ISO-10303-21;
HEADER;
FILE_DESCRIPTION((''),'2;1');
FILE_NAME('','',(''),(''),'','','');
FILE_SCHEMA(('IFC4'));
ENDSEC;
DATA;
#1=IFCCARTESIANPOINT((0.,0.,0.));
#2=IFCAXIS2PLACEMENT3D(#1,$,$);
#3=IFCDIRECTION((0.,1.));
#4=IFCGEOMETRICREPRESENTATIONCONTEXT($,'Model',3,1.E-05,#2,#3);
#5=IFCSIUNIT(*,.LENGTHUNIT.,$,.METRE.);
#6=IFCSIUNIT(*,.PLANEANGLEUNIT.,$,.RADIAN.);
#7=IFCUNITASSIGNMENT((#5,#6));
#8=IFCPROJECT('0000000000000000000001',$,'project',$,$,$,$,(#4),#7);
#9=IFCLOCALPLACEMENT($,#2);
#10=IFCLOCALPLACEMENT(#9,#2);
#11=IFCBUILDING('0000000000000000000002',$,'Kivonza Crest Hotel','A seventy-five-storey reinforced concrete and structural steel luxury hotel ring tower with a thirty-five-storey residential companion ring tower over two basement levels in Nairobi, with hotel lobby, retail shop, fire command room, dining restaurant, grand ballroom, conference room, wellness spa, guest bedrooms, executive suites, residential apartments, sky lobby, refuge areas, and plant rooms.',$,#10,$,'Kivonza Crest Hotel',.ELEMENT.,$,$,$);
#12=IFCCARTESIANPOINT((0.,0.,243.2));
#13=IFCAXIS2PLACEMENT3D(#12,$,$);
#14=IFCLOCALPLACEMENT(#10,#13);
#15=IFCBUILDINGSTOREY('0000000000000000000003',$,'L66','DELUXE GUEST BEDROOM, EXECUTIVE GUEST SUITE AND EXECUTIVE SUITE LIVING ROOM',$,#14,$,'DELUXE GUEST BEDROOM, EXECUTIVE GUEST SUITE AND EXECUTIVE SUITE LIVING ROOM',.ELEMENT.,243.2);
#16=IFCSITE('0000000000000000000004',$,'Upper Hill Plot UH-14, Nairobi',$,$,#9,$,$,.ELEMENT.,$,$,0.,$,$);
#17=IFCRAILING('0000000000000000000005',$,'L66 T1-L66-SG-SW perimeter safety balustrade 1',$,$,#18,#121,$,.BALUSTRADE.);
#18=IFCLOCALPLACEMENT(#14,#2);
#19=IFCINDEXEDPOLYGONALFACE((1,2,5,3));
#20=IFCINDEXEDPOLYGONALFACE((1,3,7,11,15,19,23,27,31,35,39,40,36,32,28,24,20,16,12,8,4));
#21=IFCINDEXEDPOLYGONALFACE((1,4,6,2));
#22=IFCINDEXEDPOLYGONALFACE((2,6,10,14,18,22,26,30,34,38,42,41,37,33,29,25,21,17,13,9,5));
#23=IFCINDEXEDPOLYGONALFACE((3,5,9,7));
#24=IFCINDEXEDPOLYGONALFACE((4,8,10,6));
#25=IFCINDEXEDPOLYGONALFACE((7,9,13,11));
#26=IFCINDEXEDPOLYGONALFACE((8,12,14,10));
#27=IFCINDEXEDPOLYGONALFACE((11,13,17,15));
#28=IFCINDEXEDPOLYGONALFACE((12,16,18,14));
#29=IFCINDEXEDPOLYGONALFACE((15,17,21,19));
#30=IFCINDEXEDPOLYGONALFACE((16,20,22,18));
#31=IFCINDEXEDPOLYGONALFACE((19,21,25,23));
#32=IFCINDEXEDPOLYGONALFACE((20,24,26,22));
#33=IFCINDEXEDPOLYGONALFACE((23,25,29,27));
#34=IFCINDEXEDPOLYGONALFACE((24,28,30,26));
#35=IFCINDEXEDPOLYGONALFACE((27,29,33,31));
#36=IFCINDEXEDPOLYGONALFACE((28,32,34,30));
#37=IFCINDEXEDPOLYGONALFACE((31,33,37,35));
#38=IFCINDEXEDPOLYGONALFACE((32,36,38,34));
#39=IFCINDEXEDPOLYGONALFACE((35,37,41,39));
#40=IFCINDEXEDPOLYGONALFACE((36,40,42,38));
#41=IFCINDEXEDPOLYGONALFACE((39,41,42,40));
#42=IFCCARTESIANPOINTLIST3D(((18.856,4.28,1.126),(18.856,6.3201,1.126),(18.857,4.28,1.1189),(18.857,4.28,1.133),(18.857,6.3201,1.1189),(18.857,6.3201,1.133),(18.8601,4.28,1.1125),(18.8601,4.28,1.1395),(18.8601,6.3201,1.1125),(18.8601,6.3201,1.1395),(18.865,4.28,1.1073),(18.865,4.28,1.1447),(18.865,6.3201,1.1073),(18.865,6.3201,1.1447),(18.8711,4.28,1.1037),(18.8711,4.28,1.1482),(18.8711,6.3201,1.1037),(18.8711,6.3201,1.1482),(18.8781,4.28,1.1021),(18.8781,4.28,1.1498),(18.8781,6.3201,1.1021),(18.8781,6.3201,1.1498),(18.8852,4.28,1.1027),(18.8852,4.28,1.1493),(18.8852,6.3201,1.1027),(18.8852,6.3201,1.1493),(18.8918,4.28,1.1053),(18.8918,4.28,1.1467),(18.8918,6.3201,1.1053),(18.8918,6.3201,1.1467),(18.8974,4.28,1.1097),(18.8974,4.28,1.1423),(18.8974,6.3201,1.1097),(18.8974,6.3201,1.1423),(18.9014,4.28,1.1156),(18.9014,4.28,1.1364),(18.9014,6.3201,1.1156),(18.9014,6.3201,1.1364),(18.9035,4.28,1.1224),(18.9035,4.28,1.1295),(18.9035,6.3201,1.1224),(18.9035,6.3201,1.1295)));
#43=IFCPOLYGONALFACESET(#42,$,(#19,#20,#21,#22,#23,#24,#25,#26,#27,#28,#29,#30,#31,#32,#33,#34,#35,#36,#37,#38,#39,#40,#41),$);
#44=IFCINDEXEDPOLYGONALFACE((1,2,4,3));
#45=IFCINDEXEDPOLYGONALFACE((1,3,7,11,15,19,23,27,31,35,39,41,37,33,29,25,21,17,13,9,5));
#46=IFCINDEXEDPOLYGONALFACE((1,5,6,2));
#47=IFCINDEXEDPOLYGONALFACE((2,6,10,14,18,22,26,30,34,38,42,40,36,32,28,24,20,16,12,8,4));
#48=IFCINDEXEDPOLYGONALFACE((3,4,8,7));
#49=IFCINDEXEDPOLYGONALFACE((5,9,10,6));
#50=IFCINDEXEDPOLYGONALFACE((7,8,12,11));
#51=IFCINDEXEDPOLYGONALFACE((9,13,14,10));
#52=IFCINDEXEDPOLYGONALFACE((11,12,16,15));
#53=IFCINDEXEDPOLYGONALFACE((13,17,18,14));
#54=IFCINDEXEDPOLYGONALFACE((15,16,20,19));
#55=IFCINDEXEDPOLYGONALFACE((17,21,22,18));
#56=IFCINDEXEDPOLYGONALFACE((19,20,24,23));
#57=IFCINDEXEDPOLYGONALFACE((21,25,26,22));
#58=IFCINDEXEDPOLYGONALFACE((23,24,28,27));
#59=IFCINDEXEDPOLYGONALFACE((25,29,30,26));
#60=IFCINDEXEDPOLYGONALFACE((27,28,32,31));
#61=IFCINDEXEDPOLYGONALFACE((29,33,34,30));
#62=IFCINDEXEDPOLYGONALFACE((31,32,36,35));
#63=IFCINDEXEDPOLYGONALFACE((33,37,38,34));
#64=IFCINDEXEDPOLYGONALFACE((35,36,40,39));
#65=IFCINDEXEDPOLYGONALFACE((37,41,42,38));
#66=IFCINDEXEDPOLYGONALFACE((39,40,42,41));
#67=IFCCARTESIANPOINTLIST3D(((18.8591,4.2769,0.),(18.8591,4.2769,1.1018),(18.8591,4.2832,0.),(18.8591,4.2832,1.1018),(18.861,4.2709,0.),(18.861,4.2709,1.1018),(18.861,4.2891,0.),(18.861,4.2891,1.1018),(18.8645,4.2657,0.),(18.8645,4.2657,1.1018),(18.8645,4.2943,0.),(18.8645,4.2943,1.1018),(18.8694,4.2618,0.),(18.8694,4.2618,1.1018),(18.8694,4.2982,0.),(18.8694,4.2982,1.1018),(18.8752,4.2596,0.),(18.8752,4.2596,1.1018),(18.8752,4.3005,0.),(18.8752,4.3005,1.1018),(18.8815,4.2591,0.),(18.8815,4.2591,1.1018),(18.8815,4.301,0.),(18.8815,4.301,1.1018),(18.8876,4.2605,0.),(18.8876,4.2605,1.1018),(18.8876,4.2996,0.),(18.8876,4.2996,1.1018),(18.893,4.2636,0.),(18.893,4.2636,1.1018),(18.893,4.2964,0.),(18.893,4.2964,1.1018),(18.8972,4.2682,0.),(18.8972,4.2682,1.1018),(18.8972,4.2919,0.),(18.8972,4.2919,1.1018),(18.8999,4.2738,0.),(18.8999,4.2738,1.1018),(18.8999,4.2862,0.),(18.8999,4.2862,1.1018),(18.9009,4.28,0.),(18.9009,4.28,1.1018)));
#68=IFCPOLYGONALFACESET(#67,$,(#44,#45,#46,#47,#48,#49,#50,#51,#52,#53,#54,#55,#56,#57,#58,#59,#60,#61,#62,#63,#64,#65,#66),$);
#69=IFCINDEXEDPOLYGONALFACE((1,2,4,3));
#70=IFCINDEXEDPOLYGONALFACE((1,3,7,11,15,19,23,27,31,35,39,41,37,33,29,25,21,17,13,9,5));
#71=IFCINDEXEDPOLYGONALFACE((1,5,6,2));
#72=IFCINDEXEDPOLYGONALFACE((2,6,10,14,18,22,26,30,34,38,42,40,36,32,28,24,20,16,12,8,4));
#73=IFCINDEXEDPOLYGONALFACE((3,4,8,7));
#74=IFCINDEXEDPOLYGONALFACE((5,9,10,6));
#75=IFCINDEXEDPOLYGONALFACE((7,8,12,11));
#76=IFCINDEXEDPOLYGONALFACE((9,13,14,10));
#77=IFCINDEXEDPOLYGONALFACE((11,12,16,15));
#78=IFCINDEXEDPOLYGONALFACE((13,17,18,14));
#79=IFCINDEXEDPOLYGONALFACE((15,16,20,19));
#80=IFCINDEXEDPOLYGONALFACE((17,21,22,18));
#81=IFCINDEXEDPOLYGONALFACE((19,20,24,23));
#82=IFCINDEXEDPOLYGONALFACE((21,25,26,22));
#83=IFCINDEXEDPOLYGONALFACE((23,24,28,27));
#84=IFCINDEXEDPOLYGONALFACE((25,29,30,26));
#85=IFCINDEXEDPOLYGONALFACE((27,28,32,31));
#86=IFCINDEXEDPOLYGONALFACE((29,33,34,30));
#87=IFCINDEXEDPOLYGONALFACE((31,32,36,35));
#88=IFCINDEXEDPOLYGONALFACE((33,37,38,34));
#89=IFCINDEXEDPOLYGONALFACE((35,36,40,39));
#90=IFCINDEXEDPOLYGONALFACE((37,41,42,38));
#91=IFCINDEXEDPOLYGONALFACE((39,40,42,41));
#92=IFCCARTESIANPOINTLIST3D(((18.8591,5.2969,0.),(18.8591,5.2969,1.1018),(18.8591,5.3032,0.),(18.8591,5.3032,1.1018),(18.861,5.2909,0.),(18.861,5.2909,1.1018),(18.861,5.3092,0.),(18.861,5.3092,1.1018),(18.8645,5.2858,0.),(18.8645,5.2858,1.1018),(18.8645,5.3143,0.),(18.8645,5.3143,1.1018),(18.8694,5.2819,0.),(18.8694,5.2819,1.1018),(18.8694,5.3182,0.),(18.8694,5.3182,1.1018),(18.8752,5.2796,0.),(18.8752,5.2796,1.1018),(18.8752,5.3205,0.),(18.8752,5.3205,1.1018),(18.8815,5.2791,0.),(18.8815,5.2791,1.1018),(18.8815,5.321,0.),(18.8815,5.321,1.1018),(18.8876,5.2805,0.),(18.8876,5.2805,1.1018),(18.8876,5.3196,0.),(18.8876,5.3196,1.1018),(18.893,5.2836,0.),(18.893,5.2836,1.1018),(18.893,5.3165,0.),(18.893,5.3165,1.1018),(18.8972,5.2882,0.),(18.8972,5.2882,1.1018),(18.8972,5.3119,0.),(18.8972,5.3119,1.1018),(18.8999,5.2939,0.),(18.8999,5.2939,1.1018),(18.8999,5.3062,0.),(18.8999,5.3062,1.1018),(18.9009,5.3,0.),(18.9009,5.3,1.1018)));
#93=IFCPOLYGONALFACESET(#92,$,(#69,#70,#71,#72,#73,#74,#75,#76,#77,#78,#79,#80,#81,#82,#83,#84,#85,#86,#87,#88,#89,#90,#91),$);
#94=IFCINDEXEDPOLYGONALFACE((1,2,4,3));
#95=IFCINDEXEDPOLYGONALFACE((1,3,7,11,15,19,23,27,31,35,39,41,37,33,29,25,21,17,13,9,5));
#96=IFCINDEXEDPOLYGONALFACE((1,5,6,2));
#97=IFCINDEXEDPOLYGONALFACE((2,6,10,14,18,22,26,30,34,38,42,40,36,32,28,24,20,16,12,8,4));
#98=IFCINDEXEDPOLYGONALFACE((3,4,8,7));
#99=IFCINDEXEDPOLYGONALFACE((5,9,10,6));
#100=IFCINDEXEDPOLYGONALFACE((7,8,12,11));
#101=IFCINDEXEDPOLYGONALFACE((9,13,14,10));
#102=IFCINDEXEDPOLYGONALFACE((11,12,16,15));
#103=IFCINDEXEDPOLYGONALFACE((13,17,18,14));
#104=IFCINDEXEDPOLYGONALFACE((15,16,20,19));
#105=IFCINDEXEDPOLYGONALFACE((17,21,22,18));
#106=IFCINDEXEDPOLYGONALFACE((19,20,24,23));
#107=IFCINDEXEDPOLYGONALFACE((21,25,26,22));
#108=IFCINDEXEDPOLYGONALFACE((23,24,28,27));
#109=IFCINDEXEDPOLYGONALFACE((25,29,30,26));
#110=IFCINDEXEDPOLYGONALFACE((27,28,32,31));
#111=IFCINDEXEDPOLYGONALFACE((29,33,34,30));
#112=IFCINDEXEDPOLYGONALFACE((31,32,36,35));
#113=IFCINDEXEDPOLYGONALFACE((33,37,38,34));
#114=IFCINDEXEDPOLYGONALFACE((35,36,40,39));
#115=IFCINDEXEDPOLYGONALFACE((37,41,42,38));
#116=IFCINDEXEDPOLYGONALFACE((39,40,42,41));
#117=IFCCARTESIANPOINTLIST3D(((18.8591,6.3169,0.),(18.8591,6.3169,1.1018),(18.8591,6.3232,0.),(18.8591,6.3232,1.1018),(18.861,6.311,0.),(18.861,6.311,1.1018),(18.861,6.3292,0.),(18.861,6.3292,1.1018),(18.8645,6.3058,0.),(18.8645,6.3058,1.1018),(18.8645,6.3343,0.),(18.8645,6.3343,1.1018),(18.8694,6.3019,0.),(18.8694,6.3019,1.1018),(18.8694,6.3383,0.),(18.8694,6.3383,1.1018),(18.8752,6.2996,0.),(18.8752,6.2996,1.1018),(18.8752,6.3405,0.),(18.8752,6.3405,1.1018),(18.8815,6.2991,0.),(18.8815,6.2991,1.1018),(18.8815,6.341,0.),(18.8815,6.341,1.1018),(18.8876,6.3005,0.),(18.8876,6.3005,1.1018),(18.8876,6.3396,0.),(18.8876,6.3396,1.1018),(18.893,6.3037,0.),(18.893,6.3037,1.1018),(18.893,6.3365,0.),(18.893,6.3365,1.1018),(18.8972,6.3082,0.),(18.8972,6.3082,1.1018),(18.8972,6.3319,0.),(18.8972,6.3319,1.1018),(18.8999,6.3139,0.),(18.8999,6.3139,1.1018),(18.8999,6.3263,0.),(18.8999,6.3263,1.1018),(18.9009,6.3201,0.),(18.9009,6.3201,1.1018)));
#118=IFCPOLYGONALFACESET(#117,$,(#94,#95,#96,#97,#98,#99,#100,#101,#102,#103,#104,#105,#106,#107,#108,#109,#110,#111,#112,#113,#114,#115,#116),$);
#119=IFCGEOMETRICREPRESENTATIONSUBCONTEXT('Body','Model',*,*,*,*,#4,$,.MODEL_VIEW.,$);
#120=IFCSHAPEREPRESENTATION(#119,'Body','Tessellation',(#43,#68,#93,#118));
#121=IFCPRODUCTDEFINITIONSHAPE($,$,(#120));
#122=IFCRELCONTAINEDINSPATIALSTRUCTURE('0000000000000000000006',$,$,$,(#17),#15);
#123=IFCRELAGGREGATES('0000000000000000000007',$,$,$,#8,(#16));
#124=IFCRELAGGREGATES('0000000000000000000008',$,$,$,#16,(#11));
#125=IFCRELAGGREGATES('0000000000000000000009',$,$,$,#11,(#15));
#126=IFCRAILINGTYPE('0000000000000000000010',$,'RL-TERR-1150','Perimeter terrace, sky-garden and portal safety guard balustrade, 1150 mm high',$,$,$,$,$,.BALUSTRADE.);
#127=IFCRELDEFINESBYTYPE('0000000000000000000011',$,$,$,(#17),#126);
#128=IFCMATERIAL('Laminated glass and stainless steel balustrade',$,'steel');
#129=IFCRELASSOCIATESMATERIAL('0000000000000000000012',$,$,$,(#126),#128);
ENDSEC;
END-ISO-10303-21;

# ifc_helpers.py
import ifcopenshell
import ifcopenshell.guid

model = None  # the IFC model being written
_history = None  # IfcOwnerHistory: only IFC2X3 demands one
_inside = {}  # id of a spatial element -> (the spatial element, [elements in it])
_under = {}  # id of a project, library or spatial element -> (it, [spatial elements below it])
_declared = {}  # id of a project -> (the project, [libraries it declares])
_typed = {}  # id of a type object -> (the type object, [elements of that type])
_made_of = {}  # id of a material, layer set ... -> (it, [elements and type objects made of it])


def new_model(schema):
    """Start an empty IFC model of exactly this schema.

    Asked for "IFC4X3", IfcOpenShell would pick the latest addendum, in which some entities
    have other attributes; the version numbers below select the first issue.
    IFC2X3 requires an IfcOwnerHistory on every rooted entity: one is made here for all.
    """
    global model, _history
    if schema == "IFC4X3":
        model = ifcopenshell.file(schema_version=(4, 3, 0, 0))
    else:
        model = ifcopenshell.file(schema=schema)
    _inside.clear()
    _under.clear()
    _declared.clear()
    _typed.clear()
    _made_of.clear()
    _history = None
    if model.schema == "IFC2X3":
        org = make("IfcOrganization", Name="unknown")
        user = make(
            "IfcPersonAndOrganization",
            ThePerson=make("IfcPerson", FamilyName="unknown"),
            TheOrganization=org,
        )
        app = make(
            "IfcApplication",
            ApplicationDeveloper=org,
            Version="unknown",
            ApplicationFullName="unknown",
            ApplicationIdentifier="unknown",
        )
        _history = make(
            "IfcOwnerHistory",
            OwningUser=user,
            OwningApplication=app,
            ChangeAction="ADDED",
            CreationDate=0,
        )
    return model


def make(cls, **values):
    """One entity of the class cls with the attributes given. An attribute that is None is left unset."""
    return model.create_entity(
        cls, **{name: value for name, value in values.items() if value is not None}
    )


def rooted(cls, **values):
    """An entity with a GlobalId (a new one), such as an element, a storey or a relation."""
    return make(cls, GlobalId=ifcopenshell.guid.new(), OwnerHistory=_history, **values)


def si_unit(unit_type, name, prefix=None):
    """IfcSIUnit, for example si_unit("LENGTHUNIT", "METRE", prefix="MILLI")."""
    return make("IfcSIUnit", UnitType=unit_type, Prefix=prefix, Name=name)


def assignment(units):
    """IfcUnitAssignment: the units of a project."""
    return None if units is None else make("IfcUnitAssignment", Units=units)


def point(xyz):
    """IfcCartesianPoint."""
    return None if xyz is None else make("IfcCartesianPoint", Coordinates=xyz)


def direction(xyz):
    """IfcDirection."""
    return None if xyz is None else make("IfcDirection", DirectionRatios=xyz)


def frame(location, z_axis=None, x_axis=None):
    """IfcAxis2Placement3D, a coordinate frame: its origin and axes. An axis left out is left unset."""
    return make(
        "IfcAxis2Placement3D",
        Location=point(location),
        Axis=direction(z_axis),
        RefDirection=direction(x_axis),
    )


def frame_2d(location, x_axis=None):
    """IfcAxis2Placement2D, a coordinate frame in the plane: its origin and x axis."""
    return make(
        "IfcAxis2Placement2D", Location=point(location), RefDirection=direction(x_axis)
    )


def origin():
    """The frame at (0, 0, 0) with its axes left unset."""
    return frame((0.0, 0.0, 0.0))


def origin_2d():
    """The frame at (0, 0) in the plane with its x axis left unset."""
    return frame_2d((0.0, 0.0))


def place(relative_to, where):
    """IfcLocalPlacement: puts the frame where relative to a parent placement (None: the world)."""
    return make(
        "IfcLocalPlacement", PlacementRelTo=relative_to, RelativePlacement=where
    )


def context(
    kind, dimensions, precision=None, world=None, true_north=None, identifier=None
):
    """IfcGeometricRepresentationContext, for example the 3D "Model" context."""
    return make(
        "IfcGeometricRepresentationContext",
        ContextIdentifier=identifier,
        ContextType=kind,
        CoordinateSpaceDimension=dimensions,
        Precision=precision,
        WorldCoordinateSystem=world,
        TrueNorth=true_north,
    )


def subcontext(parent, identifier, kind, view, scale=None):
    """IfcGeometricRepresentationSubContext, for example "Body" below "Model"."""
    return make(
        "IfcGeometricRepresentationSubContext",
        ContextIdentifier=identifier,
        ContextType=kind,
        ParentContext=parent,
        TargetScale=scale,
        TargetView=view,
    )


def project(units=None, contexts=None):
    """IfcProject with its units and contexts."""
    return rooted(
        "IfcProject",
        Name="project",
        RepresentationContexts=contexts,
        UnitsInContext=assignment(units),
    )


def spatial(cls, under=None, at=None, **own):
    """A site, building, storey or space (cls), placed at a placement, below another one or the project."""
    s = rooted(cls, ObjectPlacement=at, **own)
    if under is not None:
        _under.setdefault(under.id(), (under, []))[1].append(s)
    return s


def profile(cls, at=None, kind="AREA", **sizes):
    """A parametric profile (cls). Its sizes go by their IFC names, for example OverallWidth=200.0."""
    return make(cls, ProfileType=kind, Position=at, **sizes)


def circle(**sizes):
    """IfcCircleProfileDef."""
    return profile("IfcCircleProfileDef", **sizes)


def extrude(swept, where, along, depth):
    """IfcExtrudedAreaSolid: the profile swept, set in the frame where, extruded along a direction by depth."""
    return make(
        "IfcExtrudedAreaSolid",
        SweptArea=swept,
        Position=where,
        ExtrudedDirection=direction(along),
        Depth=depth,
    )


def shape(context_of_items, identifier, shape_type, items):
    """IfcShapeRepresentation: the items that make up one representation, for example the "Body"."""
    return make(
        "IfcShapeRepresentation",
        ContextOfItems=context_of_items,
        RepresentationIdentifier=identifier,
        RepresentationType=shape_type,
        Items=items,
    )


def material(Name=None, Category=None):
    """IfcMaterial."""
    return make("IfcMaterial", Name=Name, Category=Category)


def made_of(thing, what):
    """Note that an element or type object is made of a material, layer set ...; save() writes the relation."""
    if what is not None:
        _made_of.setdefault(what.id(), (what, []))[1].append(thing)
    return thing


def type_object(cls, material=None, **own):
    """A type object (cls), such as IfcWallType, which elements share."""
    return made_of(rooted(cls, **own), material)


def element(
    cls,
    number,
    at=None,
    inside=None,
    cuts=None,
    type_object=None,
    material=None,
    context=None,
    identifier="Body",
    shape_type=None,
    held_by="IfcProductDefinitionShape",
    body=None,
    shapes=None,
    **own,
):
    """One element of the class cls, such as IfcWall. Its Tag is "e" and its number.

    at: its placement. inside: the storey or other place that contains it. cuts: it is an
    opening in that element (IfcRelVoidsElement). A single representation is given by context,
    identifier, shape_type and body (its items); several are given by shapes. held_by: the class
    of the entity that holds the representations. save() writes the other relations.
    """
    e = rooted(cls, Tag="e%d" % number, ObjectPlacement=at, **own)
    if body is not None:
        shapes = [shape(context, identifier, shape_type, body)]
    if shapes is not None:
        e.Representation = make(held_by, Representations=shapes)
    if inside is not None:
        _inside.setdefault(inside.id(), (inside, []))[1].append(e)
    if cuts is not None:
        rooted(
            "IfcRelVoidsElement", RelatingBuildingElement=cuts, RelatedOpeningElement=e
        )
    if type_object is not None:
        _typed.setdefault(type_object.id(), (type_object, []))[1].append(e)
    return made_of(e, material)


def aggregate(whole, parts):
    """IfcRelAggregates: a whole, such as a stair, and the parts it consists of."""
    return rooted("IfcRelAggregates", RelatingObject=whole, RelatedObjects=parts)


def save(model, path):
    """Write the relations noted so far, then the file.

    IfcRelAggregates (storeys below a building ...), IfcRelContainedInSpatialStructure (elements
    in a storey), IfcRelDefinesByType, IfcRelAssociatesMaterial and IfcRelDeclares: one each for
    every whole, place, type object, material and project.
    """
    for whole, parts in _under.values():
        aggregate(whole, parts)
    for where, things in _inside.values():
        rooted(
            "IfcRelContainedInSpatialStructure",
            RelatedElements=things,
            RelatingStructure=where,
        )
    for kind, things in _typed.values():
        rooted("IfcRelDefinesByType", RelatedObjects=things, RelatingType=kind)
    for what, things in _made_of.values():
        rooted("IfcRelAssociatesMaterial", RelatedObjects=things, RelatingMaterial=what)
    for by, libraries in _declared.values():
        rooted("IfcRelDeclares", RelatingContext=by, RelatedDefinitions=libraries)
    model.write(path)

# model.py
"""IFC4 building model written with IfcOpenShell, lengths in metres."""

from ifc_helpers import new_model, si_unit, direction, frame, origin, origin_2d, place, context, subcontext, project, spatial, circle, extrude, material, type_object, element, save


model = new_model("IFC4")

# Units and contexts
model_context = context("Model", 3, precision=1e-05, world=origin(), true_north=direction((0.0, 1.0)))
body_context = subcontext(model_context, "Body", "Model", "MODEL_VIEW")
ifc_project = project(units=[si_unit("LENGTHUNIT", "METRE"), si_unit("PLANEANGLEUNIT", "RADIAN")], contexts=[model_context])

# Site, building, storey
site_placement = place(None, origin())
site = spatial("IfcSite", under=ifc_project, at=site_placement, Name="Upper Hill Plot UH-14, Nairobi", CompositionType="ELEMENT", RefElevation=0.0)
building_placement = place(site_placement, origin())
building = spatial("IfcBuilding", under=site, at=building_placement, Name="Kivonza Crest Hotel", Description="A seventy-five-storey reinforced concrete and structural steel luxury hotel ring tower with a thirty-five-storey residential companion ring tower over two basement levels in Nairobi, with hotel lobby, retail shop, fire command room, dining restaurant, grand ballroom, conference room, wellness spa, guest bedrooms, executive suites, residential apartments, sky lobby, refuge areas, and plant rooms.", LongName="Kivonza Crest Hotel", CompositionType="ELEMENT")
storey_placement = place(building_placement, frame((0.0, 0.0, 243.2)))
storey = spatial("IfcBuildingStorey", under=building, at=storey_placement, Name="L66", Description="DELUXE GUEST BEDROOM, EXECUTIVE GUEST SUITE AND EXECUTIVE SUITE LIVING ROOM", LongName="DELUXE GUEST BEDROOM, EXECUTIVE GUEST SUITE AND EXECUTIVE SUITE LIVING ROOM", CompositionType="ELEMENT", Elevation=243.2)

# Railing
ifc_material_1 = material(Name="Laminated glass and stainless steel balustrade", Category="steel")
railing_type = type_object("IfcRailingType", Name="RL-TERR-1150", Description="Perimeter terrace, sky-garden and portal safety guard balustrade, 1150 mm high", PredefinedType="BALUSTRADE", material=ifc_material_1)
railing_1_placement = place(storey_placement, frame((18.8799, 4.28, 0.0)))
element("IfcRailing", 1, at=railing_1_placement, inside=storey, type_object=railing_type, Name="L66 T1-L66-SG-SW perimeter safety balustrade 1", PredefinedType="BALUSTRADE", context=body_context, shape_type="SweptSolid", body=[
    extrude(circle(Radius=0.0239, at=origin_2d()), frame((0.0, 0.0, 1.126), z_axis=(0.0, 1.0, 0.0), x_axis=(-1.0, 0.0, 0.0)), (0.0, 0.0, 1.0), 2.04),
    extrude(circle(Radius=0.021, at=origin_2d()), origin(), (0.0, 0.0, 1.0), 1.1018),
    extrude(circle(Radius=0.021, at=origin_2d()), frame((0.0, 1.02, 0.0)), (0.0, 0.0, 1.0), 1.1018),
    extrude(circle(Radius=0.021, at=origin_2d()), frame((0.0, 2.04, 0.0)), (0.0, 0.0, 1.0), 1.1018),
])

save(model, "model.ifc")
